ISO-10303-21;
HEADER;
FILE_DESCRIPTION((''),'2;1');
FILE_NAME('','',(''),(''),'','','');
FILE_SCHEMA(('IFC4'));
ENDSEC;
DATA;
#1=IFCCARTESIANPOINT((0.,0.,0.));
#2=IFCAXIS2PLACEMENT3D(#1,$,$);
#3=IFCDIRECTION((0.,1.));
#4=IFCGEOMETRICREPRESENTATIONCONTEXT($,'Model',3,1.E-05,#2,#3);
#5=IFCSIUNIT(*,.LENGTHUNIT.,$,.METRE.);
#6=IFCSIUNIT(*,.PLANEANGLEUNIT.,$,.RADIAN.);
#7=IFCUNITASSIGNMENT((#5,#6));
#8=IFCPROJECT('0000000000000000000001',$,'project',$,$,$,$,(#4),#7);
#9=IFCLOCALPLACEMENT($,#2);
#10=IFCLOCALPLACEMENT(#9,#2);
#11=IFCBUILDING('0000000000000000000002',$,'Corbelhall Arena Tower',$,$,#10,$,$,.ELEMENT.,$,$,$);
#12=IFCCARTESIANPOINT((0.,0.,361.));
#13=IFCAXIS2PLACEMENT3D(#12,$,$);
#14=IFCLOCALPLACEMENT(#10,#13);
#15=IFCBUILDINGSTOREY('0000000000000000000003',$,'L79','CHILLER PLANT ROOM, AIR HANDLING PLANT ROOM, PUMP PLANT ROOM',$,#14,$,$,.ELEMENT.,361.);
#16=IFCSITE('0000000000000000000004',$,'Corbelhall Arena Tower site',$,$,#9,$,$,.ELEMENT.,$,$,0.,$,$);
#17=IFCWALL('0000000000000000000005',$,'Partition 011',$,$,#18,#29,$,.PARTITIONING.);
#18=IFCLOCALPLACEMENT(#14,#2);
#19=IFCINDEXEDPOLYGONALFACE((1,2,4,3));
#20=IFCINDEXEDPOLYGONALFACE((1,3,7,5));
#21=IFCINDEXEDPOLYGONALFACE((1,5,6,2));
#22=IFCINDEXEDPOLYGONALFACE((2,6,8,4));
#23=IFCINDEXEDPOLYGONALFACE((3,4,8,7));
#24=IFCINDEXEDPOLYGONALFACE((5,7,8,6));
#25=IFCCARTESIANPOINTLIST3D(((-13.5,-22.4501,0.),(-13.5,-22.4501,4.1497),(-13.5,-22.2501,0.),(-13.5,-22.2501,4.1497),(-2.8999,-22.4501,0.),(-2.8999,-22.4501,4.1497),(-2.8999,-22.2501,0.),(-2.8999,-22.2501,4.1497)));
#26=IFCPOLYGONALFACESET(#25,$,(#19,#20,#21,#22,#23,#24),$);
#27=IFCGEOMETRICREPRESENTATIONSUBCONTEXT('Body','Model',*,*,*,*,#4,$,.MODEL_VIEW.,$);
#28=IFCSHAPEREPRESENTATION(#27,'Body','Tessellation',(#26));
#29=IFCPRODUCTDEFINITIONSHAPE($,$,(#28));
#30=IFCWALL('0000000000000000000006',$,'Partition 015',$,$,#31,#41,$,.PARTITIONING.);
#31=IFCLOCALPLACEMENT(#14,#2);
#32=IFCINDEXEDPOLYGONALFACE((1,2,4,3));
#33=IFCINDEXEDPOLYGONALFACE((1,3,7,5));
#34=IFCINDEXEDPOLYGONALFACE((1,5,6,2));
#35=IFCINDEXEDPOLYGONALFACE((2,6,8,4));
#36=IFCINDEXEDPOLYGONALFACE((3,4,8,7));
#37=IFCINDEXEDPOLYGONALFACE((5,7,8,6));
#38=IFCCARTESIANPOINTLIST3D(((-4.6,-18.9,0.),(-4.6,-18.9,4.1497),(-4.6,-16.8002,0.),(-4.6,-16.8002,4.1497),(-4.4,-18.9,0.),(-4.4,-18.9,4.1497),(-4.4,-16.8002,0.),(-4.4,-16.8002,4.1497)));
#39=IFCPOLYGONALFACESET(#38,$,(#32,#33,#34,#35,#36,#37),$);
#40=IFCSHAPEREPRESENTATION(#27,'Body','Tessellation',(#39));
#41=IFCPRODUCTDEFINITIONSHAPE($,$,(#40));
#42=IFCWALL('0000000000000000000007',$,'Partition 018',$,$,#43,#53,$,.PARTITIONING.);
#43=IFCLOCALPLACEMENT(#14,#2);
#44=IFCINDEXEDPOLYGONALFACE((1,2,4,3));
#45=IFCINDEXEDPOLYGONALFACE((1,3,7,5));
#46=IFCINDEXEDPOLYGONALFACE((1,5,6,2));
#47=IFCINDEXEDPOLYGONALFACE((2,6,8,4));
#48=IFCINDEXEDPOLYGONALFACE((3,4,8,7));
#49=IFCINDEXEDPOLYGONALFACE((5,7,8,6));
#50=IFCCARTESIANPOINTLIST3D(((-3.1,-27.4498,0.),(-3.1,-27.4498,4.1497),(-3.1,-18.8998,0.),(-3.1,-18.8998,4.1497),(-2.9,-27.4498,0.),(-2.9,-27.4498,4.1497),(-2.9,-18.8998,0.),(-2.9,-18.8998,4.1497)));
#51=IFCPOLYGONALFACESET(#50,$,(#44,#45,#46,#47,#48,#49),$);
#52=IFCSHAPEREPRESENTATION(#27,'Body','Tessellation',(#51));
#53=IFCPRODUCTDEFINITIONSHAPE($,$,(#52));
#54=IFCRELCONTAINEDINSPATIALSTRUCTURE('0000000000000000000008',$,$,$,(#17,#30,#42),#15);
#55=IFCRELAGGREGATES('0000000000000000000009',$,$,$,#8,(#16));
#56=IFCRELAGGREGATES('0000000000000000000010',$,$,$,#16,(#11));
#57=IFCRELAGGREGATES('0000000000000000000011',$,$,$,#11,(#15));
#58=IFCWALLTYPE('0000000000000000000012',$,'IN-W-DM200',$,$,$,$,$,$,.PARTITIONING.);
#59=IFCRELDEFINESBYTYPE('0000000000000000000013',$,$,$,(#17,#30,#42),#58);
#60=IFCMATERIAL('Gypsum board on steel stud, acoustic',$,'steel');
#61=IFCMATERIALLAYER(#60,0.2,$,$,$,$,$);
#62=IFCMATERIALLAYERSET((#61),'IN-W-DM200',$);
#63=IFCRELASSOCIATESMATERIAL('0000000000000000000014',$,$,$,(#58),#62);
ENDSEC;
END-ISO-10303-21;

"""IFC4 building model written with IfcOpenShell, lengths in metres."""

from ifc_helpers import new_model, si_unit, direction, frame, frame_2d, origin, place, context, subcontext, project, spatial, rectangle, extrude, material, layer, layer_set, type_object, element, save


model = new_model("IFC4")

# Units and contexts
model_context = context("Model", 3, precision=1e-05, world=origin(), true_north=direction((0.0, 1.0)))
body_context = subcontext(model_context, "Body", "Model", "MODEL_VIEW")
ifc_project = project(units=[si_unit("LENGTHUNIT", "METRE"), si_unit("PLANEANGLEUNIT", "RADIAN")], contexts=[model_context])

# Site, building, storey
site_placement = place(None, origin())
site = spatial("IfcSite", under=ifc_project, at=site_placement, Name="Corbelhall Arena Tower site", CompositionType="ELEMENT", RefElevation=0.0)
building_placement = place(site_placement, origin())
building = spatial("IfcBuilding", under=site, at=building_placement, Name="Corbelhall Arena Tower", CompositionType="ELEMENT")
storey_placement = place(building_placement, frame((0.0, 0.0, 361.0)))
storey = spatial("IfcBuildingStorey", under=building, at=storey_placement, Name="L79", Description="CHILLER PLANT ROOM, AIR HANDLING PLANT ROOM, PUMP PLANT ROOM", CompositionType="ELEMENT", Elevation=361.0)

# Shared definitions
ifc_material_1 = material(Name="Gypsum board on steel stud, acoustic", Category="steel")
ifc_layer_1 = layer(ifc_material_1, 0.2)
ifc_layer_set_1 = layer_set([ifc_layer_1], Name="IN-W-DM200")
wall_type = type_object("IfcWallType", Name="IN-W-DM200", PredefinedType="PARTITIONING", material=ifc_layer_set_1)

# Walls
wall_1_placement = place(storey_placement, frame((-13.5, -22.3501, 0.0), z_axis=(0.0, 0.0, 1.0), x_axis=(1.0, 0.0, 0.0)))
element("IfcWall", 1, at=wall_1_placement, inside=storey, type_object=wall_type, Name="Partition 011", PredefinedType="PARTITIONING", context=body_context, shape_type="SweptSolid", body=[
    extrude(rectangle(XDim=10.6001, YDim=0.2, at=frame_2d((5.3, 0.0))), origin(), (0.0, 0.0, 1.0), 4.1497),
])
wall_2_placement = place(storey_placement, frame((-4.5, -18.8999, 0.0), z_axis=(0.0, 0.0, 1.0), x_axis=(0.0, 1.0, 0.0)))
element("IfcWall", 2, at=wall_2_placement, inside=storey, type_object=wall_type, Name="Partition 015", PredefinedType="PARTITIONING", context=body_context, shape_type="SweptSolid", body=[
    extrude(rectangle(XDim=2.0999, YDim=0.2, at=frame_2d((1.0498, 0.0))), origin(), (0.0, 0.0, 1.0), 4.1497),
])
wall_3_placement = place(storey_placement, frame((-3.0, -18.8999, 0.0), z_axis=(0.0, 0.0, 1.0), x_axis=(0.0, -1.0, 0.0)))
element("IfcWall", 3, at=wall_3_placement, inside=storey, type_object=wall_type, Name="Partition 018", PredefinedType="PARTITIONING", context=body_context, shape_type="SweptSolid", body=[
    extrude(rectangle(XDim=8.55, YDim=0.2, at=frame_2d((4.2749, 0.0))), origin(), (0.0, 0.0, 1.0), 4.1497),
])

save(model, "model.ifc")
